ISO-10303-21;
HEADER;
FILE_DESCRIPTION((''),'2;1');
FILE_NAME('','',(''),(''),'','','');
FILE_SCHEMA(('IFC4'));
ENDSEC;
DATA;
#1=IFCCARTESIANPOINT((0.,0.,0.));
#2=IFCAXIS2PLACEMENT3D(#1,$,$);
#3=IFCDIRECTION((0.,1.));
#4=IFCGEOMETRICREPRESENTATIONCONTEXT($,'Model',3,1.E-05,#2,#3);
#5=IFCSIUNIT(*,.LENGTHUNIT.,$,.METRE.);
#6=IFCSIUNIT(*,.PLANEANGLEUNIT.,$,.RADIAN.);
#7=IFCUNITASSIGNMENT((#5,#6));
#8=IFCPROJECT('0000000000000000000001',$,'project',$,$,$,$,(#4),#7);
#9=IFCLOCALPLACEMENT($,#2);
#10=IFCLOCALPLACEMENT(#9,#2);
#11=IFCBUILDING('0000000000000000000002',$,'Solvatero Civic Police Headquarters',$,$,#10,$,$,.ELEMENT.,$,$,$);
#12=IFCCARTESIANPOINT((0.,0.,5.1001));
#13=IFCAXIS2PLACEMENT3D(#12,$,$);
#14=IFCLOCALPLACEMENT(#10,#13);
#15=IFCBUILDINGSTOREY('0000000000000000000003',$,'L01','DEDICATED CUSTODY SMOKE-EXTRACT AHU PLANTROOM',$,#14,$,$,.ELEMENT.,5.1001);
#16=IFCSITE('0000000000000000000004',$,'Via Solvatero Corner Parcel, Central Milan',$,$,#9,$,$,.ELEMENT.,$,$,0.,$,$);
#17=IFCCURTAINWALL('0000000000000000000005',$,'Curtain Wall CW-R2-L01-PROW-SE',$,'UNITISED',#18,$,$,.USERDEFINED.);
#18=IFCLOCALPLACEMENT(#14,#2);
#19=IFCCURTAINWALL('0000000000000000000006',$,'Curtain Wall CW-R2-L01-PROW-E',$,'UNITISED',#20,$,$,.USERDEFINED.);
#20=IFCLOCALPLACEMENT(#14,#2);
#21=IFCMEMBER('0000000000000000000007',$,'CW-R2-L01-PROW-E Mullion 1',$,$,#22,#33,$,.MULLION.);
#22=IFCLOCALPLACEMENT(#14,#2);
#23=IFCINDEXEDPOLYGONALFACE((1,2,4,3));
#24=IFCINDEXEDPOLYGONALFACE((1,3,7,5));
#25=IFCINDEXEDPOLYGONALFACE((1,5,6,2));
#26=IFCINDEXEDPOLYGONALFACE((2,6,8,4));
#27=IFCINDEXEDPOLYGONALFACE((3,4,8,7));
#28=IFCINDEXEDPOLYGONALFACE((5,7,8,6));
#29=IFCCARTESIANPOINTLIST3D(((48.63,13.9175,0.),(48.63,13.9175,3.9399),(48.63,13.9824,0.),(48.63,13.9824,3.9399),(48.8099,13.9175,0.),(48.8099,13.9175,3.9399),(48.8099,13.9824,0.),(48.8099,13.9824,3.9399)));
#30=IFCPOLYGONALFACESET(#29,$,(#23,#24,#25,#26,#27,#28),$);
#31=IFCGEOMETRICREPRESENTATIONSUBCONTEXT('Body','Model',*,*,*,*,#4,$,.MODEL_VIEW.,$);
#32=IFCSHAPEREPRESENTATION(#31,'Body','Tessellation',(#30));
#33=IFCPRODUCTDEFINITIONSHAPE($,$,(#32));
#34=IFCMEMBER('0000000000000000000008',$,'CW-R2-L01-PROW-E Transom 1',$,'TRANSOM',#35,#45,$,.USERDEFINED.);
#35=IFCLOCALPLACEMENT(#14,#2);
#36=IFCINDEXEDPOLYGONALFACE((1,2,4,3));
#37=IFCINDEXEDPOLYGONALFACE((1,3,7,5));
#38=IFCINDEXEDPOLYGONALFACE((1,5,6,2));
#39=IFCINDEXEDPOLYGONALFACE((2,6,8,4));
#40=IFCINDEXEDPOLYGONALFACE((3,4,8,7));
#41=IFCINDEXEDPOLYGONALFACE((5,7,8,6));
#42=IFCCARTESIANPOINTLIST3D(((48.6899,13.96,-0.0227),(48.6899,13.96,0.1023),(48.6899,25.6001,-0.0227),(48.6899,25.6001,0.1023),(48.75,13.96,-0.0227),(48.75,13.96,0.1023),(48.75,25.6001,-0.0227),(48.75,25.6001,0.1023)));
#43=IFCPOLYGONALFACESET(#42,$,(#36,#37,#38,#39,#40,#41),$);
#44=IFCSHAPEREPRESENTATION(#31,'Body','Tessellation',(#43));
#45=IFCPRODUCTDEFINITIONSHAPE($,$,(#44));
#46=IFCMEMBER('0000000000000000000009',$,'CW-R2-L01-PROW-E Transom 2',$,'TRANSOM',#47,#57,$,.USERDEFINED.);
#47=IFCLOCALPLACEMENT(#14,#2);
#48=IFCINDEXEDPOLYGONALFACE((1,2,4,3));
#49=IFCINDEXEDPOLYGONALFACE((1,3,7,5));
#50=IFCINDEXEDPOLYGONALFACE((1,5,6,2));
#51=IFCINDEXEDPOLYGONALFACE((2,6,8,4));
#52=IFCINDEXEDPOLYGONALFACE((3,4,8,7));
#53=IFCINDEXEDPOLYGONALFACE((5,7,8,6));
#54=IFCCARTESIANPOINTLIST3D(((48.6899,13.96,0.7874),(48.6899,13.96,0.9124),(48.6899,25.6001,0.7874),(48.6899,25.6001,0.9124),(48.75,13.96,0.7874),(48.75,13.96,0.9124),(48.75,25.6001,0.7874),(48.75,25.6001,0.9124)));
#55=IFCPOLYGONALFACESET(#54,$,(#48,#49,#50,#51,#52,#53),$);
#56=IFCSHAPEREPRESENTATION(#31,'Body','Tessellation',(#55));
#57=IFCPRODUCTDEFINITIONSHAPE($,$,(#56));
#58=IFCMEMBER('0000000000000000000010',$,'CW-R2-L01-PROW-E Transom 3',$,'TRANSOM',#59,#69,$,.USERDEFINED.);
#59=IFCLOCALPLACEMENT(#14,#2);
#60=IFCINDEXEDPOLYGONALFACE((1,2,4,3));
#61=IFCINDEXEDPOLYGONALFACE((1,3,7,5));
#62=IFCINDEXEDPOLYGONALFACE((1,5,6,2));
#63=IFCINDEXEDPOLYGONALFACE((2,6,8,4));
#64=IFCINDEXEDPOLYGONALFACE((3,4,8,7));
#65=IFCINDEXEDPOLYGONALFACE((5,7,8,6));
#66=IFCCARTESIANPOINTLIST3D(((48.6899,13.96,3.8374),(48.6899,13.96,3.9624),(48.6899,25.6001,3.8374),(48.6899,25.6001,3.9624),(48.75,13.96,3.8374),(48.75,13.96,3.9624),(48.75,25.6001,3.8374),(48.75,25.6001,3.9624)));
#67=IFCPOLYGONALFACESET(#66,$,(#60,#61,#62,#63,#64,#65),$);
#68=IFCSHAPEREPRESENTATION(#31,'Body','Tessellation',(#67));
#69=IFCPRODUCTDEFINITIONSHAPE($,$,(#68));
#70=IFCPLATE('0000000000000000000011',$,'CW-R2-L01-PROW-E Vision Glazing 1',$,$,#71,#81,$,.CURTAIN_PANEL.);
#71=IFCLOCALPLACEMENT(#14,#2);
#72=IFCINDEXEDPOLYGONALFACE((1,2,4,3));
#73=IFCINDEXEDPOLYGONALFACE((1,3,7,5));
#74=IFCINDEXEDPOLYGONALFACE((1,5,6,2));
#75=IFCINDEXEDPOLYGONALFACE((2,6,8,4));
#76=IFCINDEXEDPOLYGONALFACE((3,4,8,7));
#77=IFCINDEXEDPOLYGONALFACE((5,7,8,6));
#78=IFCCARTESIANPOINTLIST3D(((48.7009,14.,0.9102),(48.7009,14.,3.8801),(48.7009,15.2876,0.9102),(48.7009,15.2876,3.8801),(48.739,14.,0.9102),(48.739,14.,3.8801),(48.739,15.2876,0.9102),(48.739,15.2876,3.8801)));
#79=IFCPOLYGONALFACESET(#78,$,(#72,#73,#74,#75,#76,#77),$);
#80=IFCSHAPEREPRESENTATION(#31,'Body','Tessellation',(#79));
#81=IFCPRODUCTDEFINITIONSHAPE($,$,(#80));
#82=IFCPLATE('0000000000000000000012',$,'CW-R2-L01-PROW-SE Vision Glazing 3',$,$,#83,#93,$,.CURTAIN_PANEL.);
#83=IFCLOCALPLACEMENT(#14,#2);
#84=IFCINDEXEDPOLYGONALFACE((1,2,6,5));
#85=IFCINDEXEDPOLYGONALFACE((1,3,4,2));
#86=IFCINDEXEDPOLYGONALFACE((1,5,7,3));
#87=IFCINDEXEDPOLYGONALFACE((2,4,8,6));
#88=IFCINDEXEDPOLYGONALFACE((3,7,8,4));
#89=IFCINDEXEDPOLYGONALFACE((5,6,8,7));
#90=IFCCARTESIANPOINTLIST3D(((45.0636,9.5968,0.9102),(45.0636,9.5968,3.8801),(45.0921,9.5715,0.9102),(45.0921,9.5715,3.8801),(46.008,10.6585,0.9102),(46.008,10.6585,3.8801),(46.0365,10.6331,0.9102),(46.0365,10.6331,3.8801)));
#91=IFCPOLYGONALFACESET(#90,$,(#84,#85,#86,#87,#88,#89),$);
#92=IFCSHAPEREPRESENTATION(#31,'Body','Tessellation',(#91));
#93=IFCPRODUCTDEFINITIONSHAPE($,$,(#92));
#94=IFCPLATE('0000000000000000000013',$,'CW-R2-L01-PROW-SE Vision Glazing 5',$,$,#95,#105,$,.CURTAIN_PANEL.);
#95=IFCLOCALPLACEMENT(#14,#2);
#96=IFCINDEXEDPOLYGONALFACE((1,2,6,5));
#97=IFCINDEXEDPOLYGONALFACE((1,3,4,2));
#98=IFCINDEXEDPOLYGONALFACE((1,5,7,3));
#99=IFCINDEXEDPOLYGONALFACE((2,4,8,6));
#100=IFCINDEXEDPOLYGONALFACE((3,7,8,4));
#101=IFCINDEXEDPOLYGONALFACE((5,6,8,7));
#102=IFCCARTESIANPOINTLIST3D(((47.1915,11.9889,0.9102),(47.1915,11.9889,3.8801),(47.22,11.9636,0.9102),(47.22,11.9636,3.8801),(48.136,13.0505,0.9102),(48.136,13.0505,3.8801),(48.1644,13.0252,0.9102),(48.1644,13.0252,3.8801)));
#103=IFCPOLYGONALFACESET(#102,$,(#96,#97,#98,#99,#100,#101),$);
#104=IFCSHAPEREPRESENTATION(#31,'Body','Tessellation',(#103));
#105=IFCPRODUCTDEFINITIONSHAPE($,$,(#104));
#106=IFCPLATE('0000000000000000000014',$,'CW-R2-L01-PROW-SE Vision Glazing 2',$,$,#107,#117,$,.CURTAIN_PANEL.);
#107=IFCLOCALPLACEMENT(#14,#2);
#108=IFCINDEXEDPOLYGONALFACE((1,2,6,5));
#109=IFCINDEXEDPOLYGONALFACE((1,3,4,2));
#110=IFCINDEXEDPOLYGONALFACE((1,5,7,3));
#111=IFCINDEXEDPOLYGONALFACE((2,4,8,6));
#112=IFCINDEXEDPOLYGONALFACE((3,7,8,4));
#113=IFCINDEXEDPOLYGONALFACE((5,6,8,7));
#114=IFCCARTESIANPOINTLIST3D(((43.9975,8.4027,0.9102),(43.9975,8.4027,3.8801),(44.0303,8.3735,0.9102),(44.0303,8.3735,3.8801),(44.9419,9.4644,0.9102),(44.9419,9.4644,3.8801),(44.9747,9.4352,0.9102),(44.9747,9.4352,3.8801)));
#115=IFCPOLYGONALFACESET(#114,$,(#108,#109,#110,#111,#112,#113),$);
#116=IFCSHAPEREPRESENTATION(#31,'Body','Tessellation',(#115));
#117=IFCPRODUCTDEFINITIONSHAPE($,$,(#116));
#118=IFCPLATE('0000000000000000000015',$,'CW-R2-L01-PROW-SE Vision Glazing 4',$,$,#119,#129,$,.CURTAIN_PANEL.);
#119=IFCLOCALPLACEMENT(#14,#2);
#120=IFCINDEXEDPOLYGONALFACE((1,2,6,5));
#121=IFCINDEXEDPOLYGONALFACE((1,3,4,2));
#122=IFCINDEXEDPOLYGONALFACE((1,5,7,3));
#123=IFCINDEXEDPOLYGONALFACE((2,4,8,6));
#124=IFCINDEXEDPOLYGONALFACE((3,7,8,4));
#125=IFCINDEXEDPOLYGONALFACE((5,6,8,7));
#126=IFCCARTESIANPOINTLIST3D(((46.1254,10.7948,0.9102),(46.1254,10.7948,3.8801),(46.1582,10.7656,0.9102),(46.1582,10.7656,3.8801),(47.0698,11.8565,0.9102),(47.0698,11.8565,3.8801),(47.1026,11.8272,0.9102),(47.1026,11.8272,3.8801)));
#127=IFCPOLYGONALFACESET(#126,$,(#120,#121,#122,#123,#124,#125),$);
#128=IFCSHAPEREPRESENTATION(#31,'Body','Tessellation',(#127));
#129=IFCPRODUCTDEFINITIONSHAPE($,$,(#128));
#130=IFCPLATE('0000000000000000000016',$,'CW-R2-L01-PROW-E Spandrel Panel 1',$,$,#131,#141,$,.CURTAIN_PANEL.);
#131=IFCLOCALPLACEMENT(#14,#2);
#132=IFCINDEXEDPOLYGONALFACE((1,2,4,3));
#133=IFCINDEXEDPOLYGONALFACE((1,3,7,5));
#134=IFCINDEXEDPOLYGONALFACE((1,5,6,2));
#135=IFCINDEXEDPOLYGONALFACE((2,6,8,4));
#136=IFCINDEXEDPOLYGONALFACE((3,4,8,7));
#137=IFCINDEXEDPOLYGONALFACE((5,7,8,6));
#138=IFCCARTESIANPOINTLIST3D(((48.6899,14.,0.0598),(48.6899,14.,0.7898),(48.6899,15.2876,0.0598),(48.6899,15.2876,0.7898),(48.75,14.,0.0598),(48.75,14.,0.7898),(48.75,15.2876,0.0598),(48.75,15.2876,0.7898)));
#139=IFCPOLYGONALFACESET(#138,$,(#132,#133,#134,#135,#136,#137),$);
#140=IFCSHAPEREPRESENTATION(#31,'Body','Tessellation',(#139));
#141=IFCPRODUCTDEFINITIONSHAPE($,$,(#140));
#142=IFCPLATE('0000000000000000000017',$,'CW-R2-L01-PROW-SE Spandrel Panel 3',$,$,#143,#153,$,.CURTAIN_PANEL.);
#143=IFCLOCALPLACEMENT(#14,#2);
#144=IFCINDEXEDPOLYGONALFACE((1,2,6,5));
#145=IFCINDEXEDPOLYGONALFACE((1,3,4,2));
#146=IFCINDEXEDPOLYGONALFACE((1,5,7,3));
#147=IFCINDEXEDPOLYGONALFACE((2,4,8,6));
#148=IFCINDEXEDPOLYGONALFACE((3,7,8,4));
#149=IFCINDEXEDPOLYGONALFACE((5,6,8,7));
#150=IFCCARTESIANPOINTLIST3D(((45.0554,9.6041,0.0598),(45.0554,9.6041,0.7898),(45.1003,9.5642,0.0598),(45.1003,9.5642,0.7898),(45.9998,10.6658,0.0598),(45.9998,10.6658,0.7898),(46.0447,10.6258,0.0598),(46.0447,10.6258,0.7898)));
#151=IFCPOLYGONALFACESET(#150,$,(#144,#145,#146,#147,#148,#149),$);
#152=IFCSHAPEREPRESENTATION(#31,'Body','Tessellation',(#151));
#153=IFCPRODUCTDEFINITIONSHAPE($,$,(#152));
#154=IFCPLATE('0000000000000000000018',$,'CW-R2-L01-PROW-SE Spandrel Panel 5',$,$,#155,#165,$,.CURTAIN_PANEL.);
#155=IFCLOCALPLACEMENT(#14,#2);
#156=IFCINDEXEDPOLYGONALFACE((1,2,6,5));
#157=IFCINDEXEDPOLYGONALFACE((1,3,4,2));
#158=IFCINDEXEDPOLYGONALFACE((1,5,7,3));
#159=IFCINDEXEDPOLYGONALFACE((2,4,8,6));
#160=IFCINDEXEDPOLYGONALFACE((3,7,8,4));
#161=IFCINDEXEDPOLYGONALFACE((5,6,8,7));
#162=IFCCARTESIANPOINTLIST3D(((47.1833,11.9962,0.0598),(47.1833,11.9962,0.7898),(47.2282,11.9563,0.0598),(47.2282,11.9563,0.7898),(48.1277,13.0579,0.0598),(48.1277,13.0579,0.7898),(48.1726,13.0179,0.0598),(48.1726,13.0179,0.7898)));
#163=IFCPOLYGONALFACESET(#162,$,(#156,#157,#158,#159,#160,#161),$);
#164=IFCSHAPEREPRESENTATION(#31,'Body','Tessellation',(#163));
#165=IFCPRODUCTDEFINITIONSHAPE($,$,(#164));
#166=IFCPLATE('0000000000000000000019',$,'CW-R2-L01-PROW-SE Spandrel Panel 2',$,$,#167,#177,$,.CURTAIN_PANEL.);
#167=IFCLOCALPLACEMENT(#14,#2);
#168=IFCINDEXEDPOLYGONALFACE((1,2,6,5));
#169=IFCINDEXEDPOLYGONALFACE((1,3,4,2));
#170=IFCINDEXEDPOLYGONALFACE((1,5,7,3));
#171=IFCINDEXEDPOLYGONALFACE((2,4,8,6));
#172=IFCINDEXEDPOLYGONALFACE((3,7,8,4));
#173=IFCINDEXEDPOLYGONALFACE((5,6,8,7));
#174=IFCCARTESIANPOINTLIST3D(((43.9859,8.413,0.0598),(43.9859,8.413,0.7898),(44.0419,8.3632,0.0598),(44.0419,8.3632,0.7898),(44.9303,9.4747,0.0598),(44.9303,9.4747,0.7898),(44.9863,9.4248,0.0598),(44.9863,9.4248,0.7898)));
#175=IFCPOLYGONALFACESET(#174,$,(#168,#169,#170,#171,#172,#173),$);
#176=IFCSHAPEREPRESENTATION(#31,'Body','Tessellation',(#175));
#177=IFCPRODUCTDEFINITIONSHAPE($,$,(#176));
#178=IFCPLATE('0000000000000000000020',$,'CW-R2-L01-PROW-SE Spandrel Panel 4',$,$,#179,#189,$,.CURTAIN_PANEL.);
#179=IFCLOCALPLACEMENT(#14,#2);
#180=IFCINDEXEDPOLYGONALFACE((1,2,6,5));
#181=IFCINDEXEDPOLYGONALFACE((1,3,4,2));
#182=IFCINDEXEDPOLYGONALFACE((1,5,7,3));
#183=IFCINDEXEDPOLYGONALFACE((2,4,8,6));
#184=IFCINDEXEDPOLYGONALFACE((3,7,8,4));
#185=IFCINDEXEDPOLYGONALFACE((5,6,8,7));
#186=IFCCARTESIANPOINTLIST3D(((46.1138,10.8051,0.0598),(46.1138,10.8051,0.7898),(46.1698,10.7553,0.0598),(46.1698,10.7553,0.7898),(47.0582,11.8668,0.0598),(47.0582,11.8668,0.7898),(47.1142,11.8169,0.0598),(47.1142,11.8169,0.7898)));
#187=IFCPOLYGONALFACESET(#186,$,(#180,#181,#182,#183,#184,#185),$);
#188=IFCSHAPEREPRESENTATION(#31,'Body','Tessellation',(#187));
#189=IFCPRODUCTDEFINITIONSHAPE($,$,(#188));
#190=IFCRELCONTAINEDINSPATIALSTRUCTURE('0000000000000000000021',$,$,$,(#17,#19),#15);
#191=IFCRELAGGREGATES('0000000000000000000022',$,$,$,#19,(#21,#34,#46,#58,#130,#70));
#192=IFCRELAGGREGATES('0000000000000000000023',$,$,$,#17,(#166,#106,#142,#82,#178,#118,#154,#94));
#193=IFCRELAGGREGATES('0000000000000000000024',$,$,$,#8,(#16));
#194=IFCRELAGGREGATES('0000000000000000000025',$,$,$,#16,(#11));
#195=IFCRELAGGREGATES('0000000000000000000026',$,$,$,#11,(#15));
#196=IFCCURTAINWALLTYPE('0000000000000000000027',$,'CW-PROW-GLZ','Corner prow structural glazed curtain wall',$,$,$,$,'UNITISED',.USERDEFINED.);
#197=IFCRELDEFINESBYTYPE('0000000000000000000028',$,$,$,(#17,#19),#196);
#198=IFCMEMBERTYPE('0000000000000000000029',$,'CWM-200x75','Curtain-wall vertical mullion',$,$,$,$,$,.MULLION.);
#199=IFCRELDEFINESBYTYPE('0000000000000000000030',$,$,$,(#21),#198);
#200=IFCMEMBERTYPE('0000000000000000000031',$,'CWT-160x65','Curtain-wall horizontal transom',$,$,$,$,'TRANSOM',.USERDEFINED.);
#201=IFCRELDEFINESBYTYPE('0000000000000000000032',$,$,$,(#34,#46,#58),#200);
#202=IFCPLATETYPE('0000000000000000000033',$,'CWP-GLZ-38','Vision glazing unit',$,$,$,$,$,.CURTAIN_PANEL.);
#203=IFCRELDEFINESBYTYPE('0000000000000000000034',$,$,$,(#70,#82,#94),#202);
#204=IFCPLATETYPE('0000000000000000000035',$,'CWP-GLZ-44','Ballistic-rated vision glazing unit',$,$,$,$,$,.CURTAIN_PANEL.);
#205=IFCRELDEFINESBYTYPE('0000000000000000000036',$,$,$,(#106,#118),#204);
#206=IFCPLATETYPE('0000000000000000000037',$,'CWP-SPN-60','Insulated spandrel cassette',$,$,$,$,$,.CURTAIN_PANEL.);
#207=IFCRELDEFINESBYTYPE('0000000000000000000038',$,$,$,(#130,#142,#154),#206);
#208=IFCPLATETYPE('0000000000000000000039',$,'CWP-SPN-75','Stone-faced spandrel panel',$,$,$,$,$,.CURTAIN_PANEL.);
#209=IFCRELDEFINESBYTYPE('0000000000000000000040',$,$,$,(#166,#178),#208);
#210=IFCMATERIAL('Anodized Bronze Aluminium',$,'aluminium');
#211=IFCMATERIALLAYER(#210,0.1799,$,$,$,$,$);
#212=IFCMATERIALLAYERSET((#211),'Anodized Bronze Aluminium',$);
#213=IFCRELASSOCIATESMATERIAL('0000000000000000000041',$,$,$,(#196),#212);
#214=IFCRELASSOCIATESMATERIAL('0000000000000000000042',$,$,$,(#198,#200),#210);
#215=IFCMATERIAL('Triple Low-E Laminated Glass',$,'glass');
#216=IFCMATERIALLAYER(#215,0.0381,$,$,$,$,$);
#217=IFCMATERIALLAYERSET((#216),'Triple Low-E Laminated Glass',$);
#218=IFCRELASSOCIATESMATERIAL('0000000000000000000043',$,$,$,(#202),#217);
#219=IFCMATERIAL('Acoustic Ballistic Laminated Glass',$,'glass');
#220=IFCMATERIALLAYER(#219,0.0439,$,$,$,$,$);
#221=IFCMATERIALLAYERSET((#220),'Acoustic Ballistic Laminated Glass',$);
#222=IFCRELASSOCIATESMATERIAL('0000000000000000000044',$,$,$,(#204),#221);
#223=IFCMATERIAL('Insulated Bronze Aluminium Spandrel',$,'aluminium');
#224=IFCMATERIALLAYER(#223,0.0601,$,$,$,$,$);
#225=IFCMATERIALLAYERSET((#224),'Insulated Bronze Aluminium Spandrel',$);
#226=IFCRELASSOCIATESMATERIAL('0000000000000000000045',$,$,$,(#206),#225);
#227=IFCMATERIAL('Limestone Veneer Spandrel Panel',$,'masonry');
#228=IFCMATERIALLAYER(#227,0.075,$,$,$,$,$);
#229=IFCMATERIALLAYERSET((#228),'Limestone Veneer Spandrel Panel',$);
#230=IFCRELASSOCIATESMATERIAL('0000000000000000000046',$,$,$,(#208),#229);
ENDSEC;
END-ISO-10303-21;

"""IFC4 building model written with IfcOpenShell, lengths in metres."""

from ifc_helpers import new_model, si_unit, direction, frame, origin, origin_2d, place, context, subcontext, project, spatial, rectangle, extrude, material, layer, layer_set, material_profile, profile_set, type_object, element, aggregate, save


model = new_model("IFC4")

# Units and contexts
model_context = context("Model", 3, precision=1e-05, world=origin(), true_north=direction((0.0, 1.0)))
body_context = subcontext(model_context, "Body", "Model", "MODEL_VIEW")
ifc_project = project(units=[si_unit("LENGTHUNIT", "METRE"), si_unit("PLANEANGLEUNIT", "RADIAN")], contexts=[model_context])

# Site, building, storey
site_placement = place(None, origin())
site = spatial("IfcSite", under=ifc_project, at=site_placement, Name="Via Solvatero Corner Parcel, Central Milan", CompositionType="ELEMENT", RefElevation=0.0)
building_placement = place(site_placement, origin())
building = spatial("IfcBuilding", under=site, at=building_placement, Name="Solvatero Civic Police Headquarters", CompositionType="ELEMENT")
storey_placement = place(building_placement, frame((0.0, 0.0, 5.1001)))
storey = spatial("IfcBuildingStorey", under=building, at=storey_placement, Name="L01", Description="DEDICATED CUSTODY SMOKE-EXTRACT AHU PLANTROOM", CompositionType="ELEMENT", Elevation=5.1001)

# Curtain wall
ifc_material_1 = material(Name="Anodized Bronze Aluminium", Category="aluminium")
ifc_layer_1 = layer(ifc_material_1, 0.1799)
ifc_layer_set_1 = layer_set([ifc_layer_1], Name="Anodized Bronze Aluminium")
curtain_wall_type = type_object("IfcCurtainWallType", Name="CW-PROW-GLZ", Description="Corner prow structural glazed curtain wall", ElementType="UNITISED", PredefinedType="USERDEFINED", material=ifc_layer_set_1)
curtain_wall_1_placement = place(storey_placement, origin())
curtain_wall_1 = element("IfcCurtainWall", 1, at=curtain_wall_1_placement, inside=storey, type_object=curtain_wall_type, Name="Curtain Wall CW-R2-L01-PROW-SE", ObjectType="UNITISED", PredefinedType="USERDEFINED")

# Curtain wall, members, plate
curtain_wall_2_placement = place(storey_placement, origin())
curtain_wall_2 = element("IfcCurtainWall", 2, at=curtain_wall_2_placement, inside=storey, type_object=curtain_wall_type, Name="Curtain Wall CW-R2-L01-PROW-E", ObjectType="UNITISED", PredefinedType="USERDEFINED")
ifc_material_profile_1 = material_profile(ifc_material_1, rectangle(XDim=0.0649, YDim=0.1799, at=origin_2d()), Name="ALU MULLION 65x180")
ifc_profile_set_1 = profile_set([ifc_material_profile_1], Name="Anodized Bronze Aluminium")
member_type_1 = type_object("IfcMemberType", Name="CWM-200x75", Description="Curtain-wall vertical mullion", PredefinedType="MULLION", material=ifc_profile_set_1)
member_1_placement = place(storey_placement, frame((48.72, 13.95, 0.0), z_axis=(0.0, 0.0, 1.0), x_axis=(0.0, 1.0, 0.0)))
member_1 = element("IfcMember", 3, at=member_1_placement, type_object=member_type_1, Name="CW-R2-L01-PROW-E Mullion 1", PredefinedType="MULLION", context=body_context, shape_type="SweptSolid", body=[
    extrude(rectangle(XDim=0.0649, YDim=0.1799, at=origin_2d()), origin(), (0.0, 0.0, 1.0), 3.9399),
])
ifc_material_profile_2 = material_profile(ifc_material_1, rectangle(XDim=0.0601, YDim=0.125, at=origin_2d()), Name="ALU TRANSOM 60x125")
ifc_profile_set_2 = profile_set([ifc_material_profile_2], Name="Anodized Bronze Aluminium")
member_type_2 = type_object("IfcMemberType", Name="CWT-160x65", Description="Curtain-wall horizontal transom", ElementType="TRANSOM", PredefinedType="USERDEFINED", material=ifc_profile_set_2)
member_2_placement = place(storey_placement, frame((48.72, 13.96, 0.0398), z_axis=(0.0, 1.0, 0.0), x_axis=(-1.0, 0.0, 0.0)))
member_2 = element("IfcMember", 4, at=member_2_placement, type_object=member_type_2, Name="CW-R2-L01-PROW-E Transom 1", ObjectType="TRANSOM", PredefinedType="USERDEFINED", context=body_context, shape_type="SweptSolid", body=[
    extrude(rectangle(XDim=0.0601, YDim=0.125, at=origin_2d()), origin(), (0.0, 0.0, 1.0), 11.6401),
])
member_3_placement = place(storey_placement, frame((48.72, 13.96, 0.8499), z_axis=(0.0, 1.0, 0.0), x_axis=(-1.0, 0.0, 0.0)))
member_3 = element("IfcMember", 5, at=member_3_placement, type_object=member_type_2, Name="CW-R2-L01-PROW-E Transom 2", ObjectType="TRANSOM", PredefinedType="USERDEFINED", context=body_context, shape_type="SweptSolid", body=[
    extrude(rectangle(XDim=0.0601, YDim=0.125, at=origin_2d()), origin(), (0.0, 0.0, 1.0), 11.6401),
])
member_4_placement = place(storey_placement, frame((48.72, 13.96, 3.8999), z_axis=(0.0, 1.0, 0.0), x_axis=(-1.0, 0.0, 0.0)))
member_4 = element("IfcMember", 6, at=member_4_placement, type_object=member_type_2, Name="CW-R2-L01-PROW-E Transom 3", ObjectType="TRANSOM", PredefinedType="USERDEFINED", context=body_context, shape_type="SweptSolid", body=[
    extrude(rectangle(XDim=0.0601, YDim=0.125, at=origin_2d()), origin(), (0.0, 0.0, 1.0), 11.6401),
])
ifc_material_2 = material(Name="Triple Low-E Laminated Glass", Category="glass")
ifc_layer_2 = layer(ifc_material_2, 0.0381)
ifc_layer_set_2 = layer_set([ifc_layer_2], Name="Triple Low-E Laminated Glass")
plate_type_1 = type_object("IfcPlateType", Name="CWP-GLZ-38", Description="Vision glazing unit", PredefinedType="CURTAIN_PANEL", material=ifc_layer_set_2)
plate_1_placement = place(storey_placement, frame((48.72, 14.6438, 0.9102), z_axis=(0.0, 0.0, 1.0), x_axis=(0.0, 1.0, 0.0)))
plate_1 = element("IfcPlate", 7, at=plate_1_placement, type_object=plate_type_1, Name="CW-R2-L01-PROW-E Vision Glazing 1", PredefinedType="CURTAIN_PANEL", context=body_context, shape_type="SweptSolid", body=[
    extrude(rectangle(XDim=1.2876, YDim=0.0381, at=origin_2d()), origin(), (0.0, 0.0, 1.0), 2.97),
])

# Plates
plate_2_placement = place(storey_placement, frame((45.55, 10.115, 0.9102), z_axis=(0.0, 0.0, 1.0), x_axis=(0.664657, 0.747149, 0.0)))
plate_2 = element("IfcPlate", 8, at=plate_2_placement, type_object=plate_type_1, Name="CW-R2-L01-PROW-SE Vision Glazing 3", PredefinedType="CURTAIN_PANEL", context=body_context, shape_type="SweptSolid", body=[
    extrude(rectangle(XDim=1.4209, YDim=0.0381, at=origin_2d()), origin(), (0.0, 0.0, 1.0), 2.97),
])
plate_3_placement = place(storey_placement, frame((47.678, 12.5071, 0.9102), z_axis=(0.0, 0.0, 1.0), x_axis=(0.664657, 0.747149, 0.0)))
plate_3 = element("IfcPlate", 9, at=plate_3_placement, type_object=plate_type_1, Name="CW-R2-L01-PROW-SE Vision Glazing 5", PredefinedType="CURTAIN_PANEL", context=body_context, shape_type="SweptSolid", body=[
    extrude(rectangle(XDim=1.4209, YDim=0.0381, at=origin_2d()), origin(), (0.0, 0.0, 1.0), 2.97),
])
ifc_material_3 = material(Name="Acoustic Ballistic Laminated Glass", Category="glass")
ifc_layer_3 = layer(ifc_material_3, 0.0439)
ifc_layer_set_3 = layer_set([ifc_layer_3], Name="Acoustic Ballistic Laminated Glass")
plate_type_2 = type_object("IfcPlateType", Name="CWP-GLZ-44", Description="Ballistic-rated vision glazing unit", PredefinedType="CURTAIN_PANEL", material=ifc_layer_set_3)
plate_4_placement = place(storey_placement, frame((44.4861, 8.9189, 0.9102), z_axis=(0.0, 0.0, 1.0), x_axis=(0.664657, 0.747149, 0.0)))
plate_4 = element("IfcPlate", 10, at=plate_4_placement, type_object=plate_type_2, Name="CW-R2-L01-PROW-SE Vision Glazing 2", PredefinedType="CURTAIN_PANEL", context=body_context, shape_type="SweptSolid", body=[
    extrude(rectangle(XDim=1.4209, YDim=0.0439, at=origin_2d()), origin(), (0.0, 0.0, 1.0), 2.97),
])
plate_5_placement = place(storey_placement, frame((46.614, 11.311, 0.9102), z_axis=(0.0, 0.0, 1.0), x_axis=(0.664657, 0.747149, 0.0)))
plate_5 = element("IfcPlate", 11, at=plate_5_placement, type_object=plate_type_2, Name="CW-R2-L01-PROW-SE Vision Glazing 4", PredefinedType="CURTAIN_PANEL", context=body_context, shape_type="SweptSolid", body=[
    extrude(rectangle(XDim=1.4209, YDim=0.0439, at=origin_2d()), origin(), (0.0, 0.0, 1.0), 2.97),
])
ifc_material_4 = material(Name="Insulated Bronze Aluminium Spandrel", Category="aluminium")
ifc_layer_4 = layer(ifc_material_4, 0.0601)
ifc_layer_set_4 = layer_set([ifc_layer_4], Name="Insulated Bronze Aluminium Spandrel")
plate_type_3 = type_object("IfcPlateType", Name="CWP-SPN-60", Description="Insulated spandrel cassette", PredefinedType="CURTAIN_PANEL", material=ifc_layer_set_4)
plate_6_placement = place(storey_placement, frame((48.72, 14.6438, 0.0598), z_axis=(0.0, 0.0, 1.0), x_axis=(0.0, 1.0, 0.0)))
plate_6 = element("IfcPlate", 12, at=plate_6_placement, type_object=plate_type_3, Name="CW-R2-L01-PROW-E Spandrel Panel 1", PredefinedType="CURTAIN_PANEL", context=body_context, shape_type="SweptSolid", body=[
    extrude(rectangle(XDim=1.2876, YDim=0.0601, at=origin_2d()), origin(), (0.0, 0.0, 1.0), 0.73),
])
aggregate(curtain_wall_2, [member_1, member_2, member_3, member_4, plate_6, plate_1])
plate_7_placement = place(storey_placement, frame((45.55, 10.115, 0.0598), z_axis=(0.0, 0.0, 1.0), x_axis=(0.664657, 0.747149, 0.0)))
plate_7 = element("IfcPlate", 13, at=plate_7_placement, type_object=plate_type_3, Name="CW-R2-L01-PROW-SE Spandrel Panel 3", PredefinedType="CURTAIN_PANEL", context=body_context, shape_type="SweptSolid", body=[
    extrude(rectangle(XDim=1.4209, YDim=0.0601, at=origin_2d()), origin(), (0.0, 0.0, 1.0), 0.73),
])
plate_8_placement = place(storey_placement, frame((47.678, 12.5071, 0.0598), z_axis=(0.0, 0.0, 1.0), x_axis=(0.664657, 0.747149, 0.0)))
plate_8 = element("IfcPlate", 14, at=plate_8_placement, type_object=plate_type_3, Name="CW-R2-L01-PROW-SE Spandrel Panel 5", PredefinedType="CURTAIN_PANEL", context=body_context, shape_type="SweptSolid", body=[
    extrude(rectangle(XDim=1.4209, YDim=0.0601, at=origin_2d()), origin(), (0.0, 0.0, 1.0), 0.73),
])
ifc_material_5 = material(Name="Limestone Veneer Spandrel Panel", Category="masonry")
ifc_layer_5 = layer(ifc_material_5, 0.075)
ifc_layer_set_5 = layer_set([ifc_layer_5], Name="Limestone Veneer Spandrel Panel")
plate_type_4 = type_object("IfcPlateType", Name="CWP-SPN-75", Description="Stone-faced spandrel panel", PredefinedType="CURTAIN_PANEL", material=ifc_layer_set_5)
plate_9_placement = place(storey_placement, frame((44.4861, 8.9189, 0.0598), z_axis=(0.0, 0.0, 1.0), x_axis=(0.664657, 0.747149, 0.0)))
plate_9 = element("IfcPlate", 15, at=plate_9_placement, type_object=plate_type_4, Name="CW-R2-L01-PROW-SE Spandrel Panel 2", PredefinedType="CURTAIN_PANEL", context=body_context, shape_type="SweptSolid", body=[
    extrude(rectangle(XDim=1.4209, YDim=0.075, at=origin_2d()), origin(), (0.0, 0.0, 1.0), 0.73),
])
plate_10_placement = place(storey_placement, frame((46.614, 11.311, 0.0598), z_axis=(0.0, 0.0, 1.0), x_axis=(0.664657, 0.747149, 0.0)))
plate_10 = element("IfcPlate", 16, at=plate_10_placement, type_object=plate_type_4, Name="CW-R2-L01-PROW-SE Spandrel Panel 4", PredefinedType="CURTAIN_PANEL", context=body_context, shape_type="SweptSolid", body=[
    extrude(rectangle(XDim=1.4209, YDim=0.075, at=origin_2d()), origin(), (0.0, 0.0, 1.0), 0.73),
])
aggregate(curtain_wall_1, [plate_9, plate_4, plate_7, plate_2, plate_10, plate_5, plate_8, plate_3])

save(model, "model.ifc")
